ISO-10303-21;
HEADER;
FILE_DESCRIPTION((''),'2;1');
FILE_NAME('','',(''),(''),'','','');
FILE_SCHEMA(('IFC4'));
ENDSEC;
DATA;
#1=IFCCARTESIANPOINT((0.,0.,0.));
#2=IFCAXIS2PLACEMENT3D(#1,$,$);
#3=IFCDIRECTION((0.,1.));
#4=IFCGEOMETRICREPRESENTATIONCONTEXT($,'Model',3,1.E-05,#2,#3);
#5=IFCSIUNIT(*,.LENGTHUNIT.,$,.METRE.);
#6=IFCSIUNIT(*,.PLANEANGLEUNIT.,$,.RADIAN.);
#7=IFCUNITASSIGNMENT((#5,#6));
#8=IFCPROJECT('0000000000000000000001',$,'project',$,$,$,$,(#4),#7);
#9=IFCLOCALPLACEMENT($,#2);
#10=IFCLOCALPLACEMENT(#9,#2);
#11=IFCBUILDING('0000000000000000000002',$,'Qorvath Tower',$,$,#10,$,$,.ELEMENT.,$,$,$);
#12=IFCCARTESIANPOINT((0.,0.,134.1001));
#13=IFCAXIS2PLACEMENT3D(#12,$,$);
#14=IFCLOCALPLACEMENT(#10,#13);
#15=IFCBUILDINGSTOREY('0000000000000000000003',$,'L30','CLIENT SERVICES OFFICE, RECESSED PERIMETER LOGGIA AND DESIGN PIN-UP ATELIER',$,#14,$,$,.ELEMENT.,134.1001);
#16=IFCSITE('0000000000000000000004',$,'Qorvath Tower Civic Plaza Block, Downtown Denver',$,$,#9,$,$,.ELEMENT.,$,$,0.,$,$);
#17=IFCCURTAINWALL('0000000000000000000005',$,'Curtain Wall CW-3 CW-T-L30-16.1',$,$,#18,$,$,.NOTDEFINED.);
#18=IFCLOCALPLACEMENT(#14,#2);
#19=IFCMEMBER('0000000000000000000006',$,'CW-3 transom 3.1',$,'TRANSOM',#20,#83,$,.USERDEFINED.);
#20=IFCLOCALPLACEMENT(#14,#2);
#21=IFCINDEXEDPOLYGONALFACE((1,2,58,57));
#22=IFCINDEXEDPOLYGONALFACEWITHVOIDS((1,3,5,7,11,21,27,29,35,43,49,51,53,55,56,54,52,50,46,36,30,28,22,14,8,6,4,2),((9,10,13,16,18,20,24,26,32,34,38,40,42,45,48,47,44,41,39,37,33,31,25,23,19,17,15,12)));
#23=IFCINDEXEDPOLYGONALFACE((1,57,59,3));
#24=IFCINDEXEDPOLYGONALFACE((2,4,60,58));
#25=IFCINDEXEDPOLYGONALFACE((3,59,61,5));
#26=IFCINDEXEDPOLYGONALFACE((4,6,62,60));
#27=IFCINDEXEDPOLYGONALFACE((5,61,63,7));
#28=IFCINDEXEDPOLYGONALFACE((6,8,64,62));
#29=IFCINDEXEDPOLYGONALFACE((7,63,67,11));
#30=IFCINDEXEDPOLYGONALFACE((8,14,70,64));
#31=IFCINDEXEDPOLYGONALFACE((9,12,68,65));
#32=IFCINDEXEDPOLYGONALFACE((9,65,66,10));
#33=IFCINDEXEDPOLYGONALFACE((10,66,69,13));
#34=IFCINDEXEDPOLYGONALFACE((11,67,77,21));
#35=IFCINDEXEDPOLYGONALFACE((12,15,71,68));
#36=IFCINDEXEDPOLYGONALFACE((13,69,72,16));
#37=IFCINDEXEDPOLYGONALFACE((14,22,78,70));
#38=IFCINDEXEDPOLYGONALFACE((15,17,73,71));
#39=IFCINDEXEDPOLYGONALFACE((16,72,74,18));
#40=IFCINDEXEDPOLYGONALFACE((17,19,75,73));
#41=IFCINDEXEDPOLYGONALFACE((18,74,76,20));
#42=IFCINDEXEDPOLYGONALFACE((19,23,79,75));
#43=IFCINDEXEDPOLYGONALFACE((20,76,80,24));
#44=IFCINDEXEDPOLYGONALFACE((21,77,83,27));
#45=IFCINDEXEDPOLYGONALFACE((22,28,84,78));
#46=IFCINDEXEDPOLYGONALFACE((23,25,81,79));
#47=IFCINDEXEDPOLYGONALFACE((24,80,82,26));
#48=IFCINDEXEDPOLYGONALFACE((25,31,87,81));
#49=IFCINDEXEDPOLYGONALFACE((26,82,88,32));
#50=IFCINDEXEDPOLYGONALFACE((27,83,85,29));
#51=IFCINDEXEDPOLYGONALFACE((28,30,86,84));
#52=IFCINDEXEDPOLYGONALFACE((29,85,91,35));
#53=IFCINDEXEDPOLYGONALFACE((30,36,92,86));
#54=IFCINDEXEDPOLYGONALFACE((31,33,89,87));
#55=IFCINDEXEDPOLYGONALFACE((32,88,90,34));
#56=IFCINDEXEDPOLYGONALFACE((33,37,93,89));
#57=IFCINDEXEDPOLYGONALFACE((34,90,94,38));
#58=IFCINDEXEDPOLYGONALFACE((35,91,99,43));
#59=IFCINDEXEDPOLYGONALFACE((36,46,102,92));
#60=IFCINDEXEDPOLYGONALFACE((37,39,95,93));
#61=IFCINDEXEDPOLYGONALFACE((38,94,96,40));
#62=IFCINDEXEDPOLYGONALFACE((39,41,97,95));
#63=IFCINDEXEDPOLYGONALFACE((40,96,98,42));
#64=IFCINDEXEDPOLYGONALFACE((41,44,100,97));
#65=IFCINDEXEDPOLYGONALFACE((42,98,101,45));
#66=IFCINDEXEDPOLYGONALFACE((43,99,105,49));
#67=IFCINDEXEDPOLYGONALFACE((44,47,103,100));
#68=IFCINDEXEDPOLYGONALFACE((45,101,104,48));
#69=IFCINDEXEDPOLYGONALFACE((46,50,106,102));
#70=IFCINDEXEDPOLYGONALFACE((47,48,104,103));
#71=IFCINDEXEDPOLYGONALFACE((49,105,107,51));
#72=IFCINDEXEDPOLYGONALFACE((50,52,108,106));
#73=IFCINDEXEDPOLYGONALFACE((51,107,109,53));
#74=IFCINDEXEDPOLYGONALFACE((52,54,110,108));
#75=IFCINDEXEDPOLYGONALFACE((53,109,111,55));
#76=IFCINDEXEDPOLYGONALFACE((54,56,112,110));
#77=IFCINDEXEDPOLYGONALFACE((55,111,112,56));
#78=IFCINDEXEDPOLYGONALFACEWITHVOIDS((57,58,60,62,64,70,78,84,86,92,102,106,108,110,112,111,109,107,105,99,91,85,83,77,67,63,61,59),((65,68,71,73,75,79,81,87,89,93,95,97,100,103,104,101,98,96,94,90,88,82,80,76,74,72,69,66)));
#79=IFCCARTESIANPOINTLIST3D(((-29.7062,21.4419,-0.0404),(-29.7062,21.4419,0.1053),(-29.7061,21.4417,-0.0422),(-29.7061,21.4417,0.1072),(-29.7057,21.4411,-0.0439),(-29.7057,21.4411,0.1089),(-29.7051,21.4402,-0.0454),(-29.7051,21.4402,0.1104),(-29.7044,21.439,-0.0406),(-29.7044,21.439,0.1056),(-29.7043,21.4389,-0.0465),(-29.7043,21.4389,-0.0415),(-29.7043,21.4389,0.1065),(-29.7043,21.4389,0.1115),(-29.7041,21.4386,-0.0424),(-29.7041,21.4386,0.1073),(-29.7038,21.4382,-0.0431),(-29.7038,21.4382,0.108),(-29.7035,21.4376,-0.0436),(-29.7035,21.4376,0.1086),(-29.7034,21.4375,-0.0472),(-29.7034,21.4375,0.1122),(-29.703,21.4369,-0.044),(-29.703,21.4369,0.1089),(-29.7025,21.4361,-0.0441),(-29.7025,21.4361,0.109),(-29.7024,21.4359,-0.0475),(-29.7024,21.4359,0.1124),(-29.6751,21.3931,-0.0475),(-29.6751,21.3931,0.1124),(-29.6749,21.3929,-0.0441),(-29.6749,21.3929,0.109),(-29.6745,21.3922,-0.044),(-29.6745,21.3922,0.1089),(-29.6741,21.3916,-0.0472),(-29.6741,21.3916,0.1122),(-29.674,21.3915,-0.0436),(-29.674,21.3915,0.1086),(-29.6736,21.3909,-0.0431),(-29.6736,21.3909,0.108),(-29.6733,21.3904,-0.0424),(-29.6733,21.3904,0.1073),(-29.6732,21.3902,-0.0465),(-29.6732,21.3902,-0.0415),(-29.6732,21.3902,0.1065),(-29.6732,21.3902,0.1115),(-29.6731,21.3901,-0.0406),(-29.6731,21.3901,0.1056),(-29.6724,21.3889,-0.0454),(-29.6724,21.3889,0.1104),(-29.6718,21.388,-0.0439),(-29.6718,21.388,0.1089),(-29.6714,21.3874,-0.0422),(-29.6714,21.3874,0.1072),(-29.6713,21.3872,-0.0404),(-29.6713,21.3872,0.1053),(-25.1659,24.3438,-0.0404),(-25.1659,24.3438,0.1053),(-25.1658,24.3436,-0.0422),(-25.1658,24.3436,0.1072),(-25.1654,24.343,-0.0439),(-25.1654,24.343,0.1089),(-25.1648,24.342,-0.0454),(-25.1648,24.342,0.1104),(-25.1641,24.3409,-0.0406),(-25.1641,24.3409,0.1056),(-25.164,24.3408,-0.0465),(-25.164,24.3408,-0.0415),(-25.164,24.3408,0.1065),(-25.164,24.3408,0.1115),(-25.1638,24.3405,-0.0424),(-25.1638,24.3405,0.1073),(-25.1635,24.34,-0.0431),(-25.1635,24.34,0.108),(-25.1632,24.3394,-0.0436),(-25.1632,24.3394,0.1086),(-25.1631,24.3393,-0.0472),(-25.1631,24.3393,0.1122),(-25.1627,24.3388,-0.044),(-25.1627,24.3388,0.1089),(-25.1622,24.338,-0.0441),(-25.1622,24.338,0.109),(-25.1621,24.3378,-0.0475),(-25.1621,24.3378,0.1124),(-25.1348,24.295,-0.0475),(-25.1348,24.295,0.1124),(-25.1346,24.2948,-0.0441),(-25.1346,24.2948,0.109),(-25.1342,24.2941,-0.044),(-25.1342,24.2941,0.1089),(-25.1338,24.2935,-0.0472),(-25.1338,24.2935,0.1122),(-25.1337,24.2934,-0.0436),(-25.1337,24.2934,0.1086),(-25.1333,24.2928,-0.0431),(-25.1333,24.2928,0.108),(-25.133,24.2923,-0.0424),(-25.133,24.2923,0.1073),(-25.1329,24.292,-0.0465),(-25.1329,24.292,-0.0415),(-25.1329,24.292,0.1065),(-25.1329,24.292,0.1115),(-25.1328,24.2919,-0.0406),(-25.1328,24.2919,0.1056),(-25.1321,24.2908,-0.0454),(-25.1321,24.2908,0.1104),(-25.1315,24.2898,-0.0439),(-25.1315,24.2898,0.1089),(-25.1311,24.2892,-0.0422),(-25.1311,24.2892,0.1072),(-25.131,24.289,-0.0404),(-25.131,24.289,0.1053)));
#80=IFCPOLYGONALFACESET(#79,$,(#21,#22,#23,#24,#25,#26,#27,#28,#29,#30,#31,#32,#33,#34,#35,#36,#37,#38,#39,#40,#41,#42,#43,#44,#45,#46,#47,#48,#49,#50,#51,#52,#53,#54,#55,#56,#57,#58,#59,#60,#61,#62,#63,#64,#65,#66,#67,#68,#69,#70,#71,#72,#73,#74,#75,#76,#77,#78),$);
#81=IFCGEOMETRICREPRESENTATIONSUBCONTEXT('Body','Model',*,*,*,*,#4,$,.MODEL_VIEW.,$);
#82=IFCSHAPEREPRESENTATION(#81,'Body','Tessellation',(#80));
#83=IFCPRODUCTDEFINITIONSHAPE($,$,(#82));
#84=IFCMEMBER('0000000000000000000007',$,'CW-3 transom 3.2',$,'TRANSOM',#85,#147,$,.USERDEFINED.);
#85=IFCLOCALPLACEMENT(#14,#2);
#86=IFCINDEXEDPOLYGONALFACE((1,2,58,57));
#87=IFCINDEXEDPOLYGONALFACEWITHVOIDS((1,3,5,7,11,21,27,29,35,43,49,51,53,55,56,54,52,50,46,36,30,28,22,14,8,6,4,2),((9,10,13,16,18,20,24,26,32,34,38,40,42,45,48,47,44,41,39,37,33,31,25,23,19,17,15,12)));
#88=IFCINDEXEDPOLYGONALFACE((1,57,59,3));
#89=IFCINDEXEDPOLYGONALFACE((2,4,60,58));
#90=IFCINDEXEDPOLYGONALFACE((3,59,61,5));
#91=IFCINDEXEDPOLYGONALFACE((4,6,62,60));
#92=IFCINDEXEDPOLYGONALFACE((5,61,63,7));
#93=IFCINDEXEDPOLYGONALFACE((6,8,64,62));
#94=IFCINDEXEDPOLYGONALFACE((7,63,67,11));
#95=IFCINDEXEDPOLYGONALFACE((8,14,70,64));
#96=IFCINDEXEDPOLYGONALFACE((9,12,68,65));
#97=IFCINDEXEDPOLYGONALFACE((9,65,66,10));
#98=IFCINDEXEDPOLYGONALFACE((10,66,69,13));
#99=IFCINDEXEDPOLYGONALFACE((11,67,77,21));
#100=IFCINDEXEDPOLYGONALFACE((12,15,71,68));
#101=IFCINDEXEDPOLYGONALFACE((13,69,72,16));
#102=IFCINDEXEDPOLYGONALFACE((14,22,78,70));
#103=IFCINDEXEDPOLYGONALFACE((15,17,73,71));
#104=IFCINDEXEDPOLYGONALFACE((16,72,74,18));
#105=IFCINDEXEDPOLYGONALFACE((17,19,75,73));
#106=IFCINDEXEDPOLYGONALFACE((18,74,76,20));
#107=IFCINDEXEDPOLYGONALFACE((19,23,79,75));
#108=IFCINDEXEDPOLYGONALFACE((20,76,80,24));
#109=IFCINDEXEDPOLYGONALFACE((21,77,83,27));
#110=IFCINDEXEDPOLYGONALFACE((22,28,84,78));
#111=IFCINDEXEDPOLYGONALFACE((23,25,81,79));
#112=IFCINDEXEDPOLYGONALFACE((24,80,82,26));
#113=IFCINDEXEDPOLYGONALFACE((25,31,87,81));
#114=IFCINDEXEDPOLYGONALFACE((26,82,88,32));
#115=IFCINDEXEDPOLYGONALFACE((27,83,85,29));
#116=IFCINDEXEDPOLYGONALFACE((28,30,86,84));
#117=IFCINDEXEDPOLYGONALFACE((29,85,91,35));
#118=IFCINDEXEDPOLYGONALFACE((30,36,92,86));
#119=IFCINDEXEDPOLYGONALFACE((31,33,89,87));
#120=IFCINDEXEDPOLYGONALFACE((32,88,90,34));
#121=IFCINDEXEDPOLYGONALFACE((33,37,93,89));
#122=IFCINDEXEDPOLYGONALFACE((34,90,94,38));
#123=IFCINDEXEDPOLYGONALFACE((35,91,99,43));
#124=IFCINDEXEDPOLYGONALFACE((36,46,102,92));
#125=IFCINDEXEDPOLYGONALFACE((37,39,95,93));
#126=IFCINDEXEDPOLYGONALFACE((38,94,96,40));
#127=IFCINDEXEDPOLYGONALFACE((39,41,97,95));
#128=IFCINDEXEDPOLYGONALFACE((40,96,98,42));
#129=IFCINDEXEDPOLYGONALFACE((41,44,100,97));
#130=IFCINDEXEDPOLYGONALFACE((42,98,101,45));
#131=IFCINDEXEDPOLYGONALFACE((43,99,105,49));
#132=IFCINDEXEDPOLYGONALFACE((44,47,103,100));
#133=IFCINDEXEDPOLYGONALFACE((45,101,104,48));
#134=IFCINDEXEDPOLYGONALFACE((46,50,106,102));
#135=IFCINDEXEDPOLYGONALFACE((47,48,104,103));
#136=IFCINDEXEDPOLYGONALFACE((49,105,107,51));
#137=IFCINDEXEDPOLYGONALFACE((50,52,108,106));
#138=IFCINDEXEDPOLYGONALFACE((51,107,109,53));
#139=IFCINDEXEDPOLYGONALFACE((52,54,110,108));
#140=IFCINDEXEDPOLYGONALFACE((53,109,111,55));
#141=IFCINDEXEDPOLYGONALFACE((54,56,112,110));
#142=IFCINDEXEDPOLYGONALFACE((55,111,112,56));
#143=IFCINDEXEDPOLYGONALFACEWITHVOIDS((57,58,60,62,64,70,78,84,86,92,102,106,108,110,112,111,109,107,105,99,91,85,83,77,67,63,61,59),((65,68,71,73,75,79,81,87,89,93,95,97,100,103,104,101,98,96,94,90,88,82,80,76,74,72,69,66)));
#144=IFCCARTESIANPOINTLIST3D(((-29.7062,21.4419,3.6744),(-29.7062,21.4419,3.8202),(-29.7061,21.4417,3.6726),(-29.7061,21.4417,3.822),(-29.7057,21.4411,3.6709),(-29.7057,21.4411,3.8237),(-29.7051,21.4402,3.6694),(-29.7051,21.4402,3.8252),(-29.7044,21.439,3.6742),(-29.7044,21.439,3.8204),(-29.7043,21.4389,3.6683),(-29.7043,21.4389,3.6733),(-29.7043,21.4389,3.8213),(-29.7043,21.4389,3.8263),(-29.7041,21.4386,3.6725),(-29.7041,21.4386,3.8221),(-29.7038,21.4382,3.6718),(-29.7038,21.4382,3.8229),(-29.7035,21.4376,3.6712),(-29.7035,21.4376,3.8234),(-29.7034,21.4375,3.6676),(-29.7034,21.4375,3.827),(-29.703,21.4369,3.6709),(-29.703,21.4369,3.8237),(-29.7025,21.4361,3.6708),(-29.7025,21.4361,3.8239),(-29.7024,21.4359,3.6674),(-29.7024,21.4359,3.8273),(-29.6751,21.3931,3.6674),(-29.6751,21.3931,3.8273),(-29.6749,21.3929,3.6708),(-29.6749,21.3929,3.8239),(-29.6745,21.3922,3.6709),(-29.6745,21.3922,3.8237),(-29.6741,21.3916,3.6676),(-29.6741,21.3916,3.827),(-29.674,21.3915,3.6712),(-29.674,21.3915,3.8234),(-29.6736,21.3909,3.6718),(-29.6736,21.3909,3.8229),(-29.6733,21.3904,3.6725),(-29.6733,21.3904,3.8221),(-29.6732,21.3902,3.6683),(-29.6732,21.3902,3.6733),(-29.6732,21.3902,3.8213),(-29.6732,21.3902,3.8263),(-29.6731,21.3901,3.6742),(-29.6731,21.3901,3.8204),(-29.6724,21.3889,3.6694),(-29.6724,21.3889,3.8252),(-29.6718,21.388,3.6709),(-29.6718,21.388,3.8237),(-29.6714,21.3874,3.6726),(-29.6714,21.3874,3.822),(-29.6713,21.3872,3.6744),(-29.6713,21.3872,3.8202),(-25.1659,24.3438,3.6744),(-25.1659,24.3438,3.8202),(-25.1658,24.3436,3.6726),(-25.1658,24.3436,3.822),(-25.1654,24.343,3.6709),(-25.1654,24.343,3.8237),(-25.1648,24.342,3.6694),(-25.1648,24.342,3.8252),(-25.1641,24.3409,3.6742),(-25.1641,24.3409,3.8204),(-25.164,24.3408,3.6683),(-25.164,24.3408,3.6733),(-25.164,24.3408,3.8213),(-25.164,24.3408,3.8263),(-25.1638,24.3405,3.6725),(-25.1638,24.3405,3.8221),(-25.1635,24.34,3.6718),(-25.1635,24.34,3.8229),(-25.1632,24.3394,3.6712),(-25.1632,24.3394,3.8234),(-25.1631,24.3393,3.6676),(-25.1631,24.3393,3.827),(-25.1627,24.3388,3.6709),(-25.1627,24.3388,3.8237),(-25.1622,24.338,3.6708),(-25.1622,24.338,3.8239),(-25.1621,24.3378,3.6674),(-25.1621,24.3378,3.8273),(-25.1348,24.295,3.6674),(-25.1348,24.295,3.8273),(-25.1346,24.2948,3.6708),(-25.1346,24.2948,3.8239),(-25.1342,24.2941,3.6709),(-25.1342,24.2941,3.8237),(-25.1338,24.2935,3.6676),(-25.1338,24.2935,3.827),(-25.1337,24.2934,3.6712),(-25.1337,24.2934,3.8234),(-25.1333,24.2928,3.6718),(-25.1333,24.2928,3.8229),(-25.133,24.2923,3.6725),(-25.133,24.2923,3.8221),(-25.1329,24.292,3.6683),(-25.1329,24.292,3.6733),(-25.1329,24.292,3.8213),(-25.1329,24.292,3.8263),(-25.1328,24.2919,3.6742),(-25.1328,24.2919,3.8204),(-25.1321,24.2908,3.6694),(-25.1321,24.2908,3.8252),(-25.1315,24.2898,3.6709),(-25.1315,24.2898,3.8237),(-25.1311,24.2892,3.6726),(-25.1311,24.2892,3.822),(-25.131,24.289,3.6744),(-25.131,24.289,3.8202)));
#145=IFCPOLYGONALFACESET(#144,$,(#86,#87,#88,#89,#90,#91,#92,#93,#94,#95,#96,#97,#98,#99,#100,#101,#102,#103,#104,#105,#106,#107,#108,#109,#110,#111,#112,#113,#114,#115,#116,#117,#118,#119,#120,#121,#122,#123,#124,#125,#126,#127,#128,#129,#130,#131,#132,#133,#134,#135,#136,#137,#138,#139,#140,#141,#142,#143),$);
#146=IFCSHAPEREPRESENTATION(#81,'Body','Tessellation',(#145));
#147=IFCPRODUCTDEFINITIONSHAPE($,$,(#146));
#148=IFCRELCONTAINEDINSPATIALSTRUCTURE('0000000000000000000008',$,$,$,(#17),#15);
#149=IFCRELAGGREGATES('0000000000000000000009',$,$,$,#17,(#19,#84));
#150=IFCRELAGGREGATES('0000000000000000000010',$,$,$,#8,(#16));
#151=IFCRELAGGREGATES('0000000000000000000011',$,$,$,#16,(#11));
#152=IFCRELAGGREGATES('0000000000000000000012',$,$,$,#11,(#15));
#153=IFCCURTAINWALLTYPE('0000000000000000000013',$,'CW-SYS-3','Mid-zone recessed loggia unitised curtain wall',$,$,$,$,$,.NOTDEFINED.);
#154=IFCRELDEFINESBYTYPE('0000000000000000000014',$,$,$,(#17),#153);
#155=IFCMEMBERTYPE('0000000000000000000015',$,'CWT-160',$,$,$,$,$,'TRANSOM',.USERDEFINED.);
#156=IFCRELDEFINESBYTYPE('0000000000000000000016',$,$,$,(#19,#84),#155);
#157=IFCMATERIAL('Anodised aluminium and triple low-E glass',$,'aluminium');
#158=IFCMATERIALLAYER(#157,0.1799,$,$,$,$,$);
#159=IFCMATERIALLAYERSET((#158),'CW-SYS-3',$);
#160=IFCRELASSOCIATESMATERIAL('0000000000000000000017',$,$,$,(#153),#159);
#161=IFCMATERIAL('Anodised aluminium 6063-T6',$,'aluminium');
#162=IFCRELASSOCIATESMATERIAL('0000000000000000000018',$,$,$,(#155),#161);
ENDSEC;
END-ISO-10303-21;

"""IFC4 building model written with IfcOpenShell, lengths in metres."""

from ifc_helpers import new_model, si_unit, direction, frame, origin, origin_2d, place, context, subcontext, project, spatial, hollow_rectangle, extrude, material, layer, layer_set, material_profile, profile_set, type_object, element, aggregate, save


model = new_model("IFC4")

# Units and contexts
model_context = context("Model", 3, precision=1e-05, world=origin(), true_north=direction((0.0, 1.0)))
body_context = subcontext(model_context, "Body", "Model", "MODEL_VIEW")
ifc_project = project(units=[si_unit("LENGTHUNIT", "METRE"), si_unit("PLANEANGLEUNIT", "RADIAN")], contexts=[model_context])

# Site, building, storey
site_placement = place(None, origin())
site = spatial("IfcSite", under=ifc_project, at=site_placement, Name="Qorvath Tower Civic Plaza Block, Downtown Denver", CompositionType="ELEMENT", RefElevation=0.0)
building_placement = place(site_placement, origin())
building = spatial("IfcBuilding", under=site, at=building_placement, Name="Qorvath Tower", CompositionType="ELEMENT")
storey_placement = place(building_placement, frame((0.0, 0.0, 134.1001)))
storey = spatial("IfcBuildingStorey", under=building, at=storey_placement, Name="L30", Description="CLIENT SERVICES OFFICE, RECESSED PERIMETER LOGGIA AND DESIGN PIN-UP ATELIER", CompositionType="ELEMENT", Elevation=134.1001)

# Curtain wall, members
ifc_material_1 = material(Name="Anodised aluminium and triple low-E glass", Category="aluminium")
ifc_layer_1 = layer(ifc_material_1, 0.1799)
ifc_layer_set_1 = layer_set([ifc_layer_1], Name="CW-SYS-3")
curtain_wall_type = type_object("IfcCurtainWallType", Name="CW-SYS-3", Description="Mid-zone recessed loggia unitised curtain wall", PredefinedType="NOTDEFINED", material=ifc_layer_set_1)
curtain_wall_placement = place(storey_placement, origin())
curtain_wall = element("IfcCurtainWall", 1, at=curtain_wall_placement, inside=storey, type_object=curtain_wall_type, Name="Curtain Wall CW-3 CW-T-L30-16.1", PredefinedType="NOTDEFINED")
ifc_material_2 = material(Name="Anodised aluminium 6063-T6", Category="aluminium")
ifc_material_profile_1 = material_profile(ifc_material_2, hollow_rectangle(XDim=0.0649, YDim=0.1599, WallThickness=0.0034, InnerFilletRadius=0.0034, OuterFilletRadius=0.0071, at=origin_2d()), Name="CWT 160x65")
ifc_profile_set_1 = profile_set([ifc_material_profile_1], Name="Anodised aluminium 6063-T6")
member_type_1 = type_object("IfcMemberType", Name="CWT-160", ElementType="TRANSOM", PredefinedType="USERDEFINED", material=ifc_profile_set_1)
member_1_placement = place(storey_placement, frame((-25.1484, 24.3164, 0.0325), z_axis=(-0.842602, -0.538537, 0.0), x_axis=(0.538537, -0.842602, 0.0)))
member_1 = element("IfcMember", 2, at=member_1_placement, type_object=member_type_1, Name="CW-3 transom 3.1", ObjectType="TRANSOM", PredefinedType="USERDEFINED", context=body_context, shape_type="SweptSolid", body=[
    extrude(hollow_rectangle(XDim=0.0649, YDim=0.1599, WallThickness=0.0034, InnerFilletRadius=0.0034, OuterFilletRadius=0.0071, at=origin_2d()), origin(), (0.0, 0.0, 1.0), 5.3884),
])
member_2_placement = place(storey_placement, frame((-25.1484, 24.3164, 3.7473), z_axis=(-0.842602, -0.538537, 0.0), x_axis=(0.538537, -0.842602, 0.0)))
member_2 = element("IfcMember", 3, at=member_2_placement, type_object=member_type_1, Name="CW-3 transom 3.2", ObjectType="TRANSOM", PredefinedType="USERDEFINED", context=body_context, shape_type="SweptSolid", body=[
    extrude(hollow_rectangle(XDim=0.0649, YDim=0.1599, WallThickness=0.0034, InnerFilletRadius=0.0034, OuterFilletRadius=0.0071, at=origin_2d()), origin(), (0.0, 0.0, 1.0), 5.3884),
])
aggregate(curtain_wall, [member_1, member_2])

save(model, "model.ifc")
